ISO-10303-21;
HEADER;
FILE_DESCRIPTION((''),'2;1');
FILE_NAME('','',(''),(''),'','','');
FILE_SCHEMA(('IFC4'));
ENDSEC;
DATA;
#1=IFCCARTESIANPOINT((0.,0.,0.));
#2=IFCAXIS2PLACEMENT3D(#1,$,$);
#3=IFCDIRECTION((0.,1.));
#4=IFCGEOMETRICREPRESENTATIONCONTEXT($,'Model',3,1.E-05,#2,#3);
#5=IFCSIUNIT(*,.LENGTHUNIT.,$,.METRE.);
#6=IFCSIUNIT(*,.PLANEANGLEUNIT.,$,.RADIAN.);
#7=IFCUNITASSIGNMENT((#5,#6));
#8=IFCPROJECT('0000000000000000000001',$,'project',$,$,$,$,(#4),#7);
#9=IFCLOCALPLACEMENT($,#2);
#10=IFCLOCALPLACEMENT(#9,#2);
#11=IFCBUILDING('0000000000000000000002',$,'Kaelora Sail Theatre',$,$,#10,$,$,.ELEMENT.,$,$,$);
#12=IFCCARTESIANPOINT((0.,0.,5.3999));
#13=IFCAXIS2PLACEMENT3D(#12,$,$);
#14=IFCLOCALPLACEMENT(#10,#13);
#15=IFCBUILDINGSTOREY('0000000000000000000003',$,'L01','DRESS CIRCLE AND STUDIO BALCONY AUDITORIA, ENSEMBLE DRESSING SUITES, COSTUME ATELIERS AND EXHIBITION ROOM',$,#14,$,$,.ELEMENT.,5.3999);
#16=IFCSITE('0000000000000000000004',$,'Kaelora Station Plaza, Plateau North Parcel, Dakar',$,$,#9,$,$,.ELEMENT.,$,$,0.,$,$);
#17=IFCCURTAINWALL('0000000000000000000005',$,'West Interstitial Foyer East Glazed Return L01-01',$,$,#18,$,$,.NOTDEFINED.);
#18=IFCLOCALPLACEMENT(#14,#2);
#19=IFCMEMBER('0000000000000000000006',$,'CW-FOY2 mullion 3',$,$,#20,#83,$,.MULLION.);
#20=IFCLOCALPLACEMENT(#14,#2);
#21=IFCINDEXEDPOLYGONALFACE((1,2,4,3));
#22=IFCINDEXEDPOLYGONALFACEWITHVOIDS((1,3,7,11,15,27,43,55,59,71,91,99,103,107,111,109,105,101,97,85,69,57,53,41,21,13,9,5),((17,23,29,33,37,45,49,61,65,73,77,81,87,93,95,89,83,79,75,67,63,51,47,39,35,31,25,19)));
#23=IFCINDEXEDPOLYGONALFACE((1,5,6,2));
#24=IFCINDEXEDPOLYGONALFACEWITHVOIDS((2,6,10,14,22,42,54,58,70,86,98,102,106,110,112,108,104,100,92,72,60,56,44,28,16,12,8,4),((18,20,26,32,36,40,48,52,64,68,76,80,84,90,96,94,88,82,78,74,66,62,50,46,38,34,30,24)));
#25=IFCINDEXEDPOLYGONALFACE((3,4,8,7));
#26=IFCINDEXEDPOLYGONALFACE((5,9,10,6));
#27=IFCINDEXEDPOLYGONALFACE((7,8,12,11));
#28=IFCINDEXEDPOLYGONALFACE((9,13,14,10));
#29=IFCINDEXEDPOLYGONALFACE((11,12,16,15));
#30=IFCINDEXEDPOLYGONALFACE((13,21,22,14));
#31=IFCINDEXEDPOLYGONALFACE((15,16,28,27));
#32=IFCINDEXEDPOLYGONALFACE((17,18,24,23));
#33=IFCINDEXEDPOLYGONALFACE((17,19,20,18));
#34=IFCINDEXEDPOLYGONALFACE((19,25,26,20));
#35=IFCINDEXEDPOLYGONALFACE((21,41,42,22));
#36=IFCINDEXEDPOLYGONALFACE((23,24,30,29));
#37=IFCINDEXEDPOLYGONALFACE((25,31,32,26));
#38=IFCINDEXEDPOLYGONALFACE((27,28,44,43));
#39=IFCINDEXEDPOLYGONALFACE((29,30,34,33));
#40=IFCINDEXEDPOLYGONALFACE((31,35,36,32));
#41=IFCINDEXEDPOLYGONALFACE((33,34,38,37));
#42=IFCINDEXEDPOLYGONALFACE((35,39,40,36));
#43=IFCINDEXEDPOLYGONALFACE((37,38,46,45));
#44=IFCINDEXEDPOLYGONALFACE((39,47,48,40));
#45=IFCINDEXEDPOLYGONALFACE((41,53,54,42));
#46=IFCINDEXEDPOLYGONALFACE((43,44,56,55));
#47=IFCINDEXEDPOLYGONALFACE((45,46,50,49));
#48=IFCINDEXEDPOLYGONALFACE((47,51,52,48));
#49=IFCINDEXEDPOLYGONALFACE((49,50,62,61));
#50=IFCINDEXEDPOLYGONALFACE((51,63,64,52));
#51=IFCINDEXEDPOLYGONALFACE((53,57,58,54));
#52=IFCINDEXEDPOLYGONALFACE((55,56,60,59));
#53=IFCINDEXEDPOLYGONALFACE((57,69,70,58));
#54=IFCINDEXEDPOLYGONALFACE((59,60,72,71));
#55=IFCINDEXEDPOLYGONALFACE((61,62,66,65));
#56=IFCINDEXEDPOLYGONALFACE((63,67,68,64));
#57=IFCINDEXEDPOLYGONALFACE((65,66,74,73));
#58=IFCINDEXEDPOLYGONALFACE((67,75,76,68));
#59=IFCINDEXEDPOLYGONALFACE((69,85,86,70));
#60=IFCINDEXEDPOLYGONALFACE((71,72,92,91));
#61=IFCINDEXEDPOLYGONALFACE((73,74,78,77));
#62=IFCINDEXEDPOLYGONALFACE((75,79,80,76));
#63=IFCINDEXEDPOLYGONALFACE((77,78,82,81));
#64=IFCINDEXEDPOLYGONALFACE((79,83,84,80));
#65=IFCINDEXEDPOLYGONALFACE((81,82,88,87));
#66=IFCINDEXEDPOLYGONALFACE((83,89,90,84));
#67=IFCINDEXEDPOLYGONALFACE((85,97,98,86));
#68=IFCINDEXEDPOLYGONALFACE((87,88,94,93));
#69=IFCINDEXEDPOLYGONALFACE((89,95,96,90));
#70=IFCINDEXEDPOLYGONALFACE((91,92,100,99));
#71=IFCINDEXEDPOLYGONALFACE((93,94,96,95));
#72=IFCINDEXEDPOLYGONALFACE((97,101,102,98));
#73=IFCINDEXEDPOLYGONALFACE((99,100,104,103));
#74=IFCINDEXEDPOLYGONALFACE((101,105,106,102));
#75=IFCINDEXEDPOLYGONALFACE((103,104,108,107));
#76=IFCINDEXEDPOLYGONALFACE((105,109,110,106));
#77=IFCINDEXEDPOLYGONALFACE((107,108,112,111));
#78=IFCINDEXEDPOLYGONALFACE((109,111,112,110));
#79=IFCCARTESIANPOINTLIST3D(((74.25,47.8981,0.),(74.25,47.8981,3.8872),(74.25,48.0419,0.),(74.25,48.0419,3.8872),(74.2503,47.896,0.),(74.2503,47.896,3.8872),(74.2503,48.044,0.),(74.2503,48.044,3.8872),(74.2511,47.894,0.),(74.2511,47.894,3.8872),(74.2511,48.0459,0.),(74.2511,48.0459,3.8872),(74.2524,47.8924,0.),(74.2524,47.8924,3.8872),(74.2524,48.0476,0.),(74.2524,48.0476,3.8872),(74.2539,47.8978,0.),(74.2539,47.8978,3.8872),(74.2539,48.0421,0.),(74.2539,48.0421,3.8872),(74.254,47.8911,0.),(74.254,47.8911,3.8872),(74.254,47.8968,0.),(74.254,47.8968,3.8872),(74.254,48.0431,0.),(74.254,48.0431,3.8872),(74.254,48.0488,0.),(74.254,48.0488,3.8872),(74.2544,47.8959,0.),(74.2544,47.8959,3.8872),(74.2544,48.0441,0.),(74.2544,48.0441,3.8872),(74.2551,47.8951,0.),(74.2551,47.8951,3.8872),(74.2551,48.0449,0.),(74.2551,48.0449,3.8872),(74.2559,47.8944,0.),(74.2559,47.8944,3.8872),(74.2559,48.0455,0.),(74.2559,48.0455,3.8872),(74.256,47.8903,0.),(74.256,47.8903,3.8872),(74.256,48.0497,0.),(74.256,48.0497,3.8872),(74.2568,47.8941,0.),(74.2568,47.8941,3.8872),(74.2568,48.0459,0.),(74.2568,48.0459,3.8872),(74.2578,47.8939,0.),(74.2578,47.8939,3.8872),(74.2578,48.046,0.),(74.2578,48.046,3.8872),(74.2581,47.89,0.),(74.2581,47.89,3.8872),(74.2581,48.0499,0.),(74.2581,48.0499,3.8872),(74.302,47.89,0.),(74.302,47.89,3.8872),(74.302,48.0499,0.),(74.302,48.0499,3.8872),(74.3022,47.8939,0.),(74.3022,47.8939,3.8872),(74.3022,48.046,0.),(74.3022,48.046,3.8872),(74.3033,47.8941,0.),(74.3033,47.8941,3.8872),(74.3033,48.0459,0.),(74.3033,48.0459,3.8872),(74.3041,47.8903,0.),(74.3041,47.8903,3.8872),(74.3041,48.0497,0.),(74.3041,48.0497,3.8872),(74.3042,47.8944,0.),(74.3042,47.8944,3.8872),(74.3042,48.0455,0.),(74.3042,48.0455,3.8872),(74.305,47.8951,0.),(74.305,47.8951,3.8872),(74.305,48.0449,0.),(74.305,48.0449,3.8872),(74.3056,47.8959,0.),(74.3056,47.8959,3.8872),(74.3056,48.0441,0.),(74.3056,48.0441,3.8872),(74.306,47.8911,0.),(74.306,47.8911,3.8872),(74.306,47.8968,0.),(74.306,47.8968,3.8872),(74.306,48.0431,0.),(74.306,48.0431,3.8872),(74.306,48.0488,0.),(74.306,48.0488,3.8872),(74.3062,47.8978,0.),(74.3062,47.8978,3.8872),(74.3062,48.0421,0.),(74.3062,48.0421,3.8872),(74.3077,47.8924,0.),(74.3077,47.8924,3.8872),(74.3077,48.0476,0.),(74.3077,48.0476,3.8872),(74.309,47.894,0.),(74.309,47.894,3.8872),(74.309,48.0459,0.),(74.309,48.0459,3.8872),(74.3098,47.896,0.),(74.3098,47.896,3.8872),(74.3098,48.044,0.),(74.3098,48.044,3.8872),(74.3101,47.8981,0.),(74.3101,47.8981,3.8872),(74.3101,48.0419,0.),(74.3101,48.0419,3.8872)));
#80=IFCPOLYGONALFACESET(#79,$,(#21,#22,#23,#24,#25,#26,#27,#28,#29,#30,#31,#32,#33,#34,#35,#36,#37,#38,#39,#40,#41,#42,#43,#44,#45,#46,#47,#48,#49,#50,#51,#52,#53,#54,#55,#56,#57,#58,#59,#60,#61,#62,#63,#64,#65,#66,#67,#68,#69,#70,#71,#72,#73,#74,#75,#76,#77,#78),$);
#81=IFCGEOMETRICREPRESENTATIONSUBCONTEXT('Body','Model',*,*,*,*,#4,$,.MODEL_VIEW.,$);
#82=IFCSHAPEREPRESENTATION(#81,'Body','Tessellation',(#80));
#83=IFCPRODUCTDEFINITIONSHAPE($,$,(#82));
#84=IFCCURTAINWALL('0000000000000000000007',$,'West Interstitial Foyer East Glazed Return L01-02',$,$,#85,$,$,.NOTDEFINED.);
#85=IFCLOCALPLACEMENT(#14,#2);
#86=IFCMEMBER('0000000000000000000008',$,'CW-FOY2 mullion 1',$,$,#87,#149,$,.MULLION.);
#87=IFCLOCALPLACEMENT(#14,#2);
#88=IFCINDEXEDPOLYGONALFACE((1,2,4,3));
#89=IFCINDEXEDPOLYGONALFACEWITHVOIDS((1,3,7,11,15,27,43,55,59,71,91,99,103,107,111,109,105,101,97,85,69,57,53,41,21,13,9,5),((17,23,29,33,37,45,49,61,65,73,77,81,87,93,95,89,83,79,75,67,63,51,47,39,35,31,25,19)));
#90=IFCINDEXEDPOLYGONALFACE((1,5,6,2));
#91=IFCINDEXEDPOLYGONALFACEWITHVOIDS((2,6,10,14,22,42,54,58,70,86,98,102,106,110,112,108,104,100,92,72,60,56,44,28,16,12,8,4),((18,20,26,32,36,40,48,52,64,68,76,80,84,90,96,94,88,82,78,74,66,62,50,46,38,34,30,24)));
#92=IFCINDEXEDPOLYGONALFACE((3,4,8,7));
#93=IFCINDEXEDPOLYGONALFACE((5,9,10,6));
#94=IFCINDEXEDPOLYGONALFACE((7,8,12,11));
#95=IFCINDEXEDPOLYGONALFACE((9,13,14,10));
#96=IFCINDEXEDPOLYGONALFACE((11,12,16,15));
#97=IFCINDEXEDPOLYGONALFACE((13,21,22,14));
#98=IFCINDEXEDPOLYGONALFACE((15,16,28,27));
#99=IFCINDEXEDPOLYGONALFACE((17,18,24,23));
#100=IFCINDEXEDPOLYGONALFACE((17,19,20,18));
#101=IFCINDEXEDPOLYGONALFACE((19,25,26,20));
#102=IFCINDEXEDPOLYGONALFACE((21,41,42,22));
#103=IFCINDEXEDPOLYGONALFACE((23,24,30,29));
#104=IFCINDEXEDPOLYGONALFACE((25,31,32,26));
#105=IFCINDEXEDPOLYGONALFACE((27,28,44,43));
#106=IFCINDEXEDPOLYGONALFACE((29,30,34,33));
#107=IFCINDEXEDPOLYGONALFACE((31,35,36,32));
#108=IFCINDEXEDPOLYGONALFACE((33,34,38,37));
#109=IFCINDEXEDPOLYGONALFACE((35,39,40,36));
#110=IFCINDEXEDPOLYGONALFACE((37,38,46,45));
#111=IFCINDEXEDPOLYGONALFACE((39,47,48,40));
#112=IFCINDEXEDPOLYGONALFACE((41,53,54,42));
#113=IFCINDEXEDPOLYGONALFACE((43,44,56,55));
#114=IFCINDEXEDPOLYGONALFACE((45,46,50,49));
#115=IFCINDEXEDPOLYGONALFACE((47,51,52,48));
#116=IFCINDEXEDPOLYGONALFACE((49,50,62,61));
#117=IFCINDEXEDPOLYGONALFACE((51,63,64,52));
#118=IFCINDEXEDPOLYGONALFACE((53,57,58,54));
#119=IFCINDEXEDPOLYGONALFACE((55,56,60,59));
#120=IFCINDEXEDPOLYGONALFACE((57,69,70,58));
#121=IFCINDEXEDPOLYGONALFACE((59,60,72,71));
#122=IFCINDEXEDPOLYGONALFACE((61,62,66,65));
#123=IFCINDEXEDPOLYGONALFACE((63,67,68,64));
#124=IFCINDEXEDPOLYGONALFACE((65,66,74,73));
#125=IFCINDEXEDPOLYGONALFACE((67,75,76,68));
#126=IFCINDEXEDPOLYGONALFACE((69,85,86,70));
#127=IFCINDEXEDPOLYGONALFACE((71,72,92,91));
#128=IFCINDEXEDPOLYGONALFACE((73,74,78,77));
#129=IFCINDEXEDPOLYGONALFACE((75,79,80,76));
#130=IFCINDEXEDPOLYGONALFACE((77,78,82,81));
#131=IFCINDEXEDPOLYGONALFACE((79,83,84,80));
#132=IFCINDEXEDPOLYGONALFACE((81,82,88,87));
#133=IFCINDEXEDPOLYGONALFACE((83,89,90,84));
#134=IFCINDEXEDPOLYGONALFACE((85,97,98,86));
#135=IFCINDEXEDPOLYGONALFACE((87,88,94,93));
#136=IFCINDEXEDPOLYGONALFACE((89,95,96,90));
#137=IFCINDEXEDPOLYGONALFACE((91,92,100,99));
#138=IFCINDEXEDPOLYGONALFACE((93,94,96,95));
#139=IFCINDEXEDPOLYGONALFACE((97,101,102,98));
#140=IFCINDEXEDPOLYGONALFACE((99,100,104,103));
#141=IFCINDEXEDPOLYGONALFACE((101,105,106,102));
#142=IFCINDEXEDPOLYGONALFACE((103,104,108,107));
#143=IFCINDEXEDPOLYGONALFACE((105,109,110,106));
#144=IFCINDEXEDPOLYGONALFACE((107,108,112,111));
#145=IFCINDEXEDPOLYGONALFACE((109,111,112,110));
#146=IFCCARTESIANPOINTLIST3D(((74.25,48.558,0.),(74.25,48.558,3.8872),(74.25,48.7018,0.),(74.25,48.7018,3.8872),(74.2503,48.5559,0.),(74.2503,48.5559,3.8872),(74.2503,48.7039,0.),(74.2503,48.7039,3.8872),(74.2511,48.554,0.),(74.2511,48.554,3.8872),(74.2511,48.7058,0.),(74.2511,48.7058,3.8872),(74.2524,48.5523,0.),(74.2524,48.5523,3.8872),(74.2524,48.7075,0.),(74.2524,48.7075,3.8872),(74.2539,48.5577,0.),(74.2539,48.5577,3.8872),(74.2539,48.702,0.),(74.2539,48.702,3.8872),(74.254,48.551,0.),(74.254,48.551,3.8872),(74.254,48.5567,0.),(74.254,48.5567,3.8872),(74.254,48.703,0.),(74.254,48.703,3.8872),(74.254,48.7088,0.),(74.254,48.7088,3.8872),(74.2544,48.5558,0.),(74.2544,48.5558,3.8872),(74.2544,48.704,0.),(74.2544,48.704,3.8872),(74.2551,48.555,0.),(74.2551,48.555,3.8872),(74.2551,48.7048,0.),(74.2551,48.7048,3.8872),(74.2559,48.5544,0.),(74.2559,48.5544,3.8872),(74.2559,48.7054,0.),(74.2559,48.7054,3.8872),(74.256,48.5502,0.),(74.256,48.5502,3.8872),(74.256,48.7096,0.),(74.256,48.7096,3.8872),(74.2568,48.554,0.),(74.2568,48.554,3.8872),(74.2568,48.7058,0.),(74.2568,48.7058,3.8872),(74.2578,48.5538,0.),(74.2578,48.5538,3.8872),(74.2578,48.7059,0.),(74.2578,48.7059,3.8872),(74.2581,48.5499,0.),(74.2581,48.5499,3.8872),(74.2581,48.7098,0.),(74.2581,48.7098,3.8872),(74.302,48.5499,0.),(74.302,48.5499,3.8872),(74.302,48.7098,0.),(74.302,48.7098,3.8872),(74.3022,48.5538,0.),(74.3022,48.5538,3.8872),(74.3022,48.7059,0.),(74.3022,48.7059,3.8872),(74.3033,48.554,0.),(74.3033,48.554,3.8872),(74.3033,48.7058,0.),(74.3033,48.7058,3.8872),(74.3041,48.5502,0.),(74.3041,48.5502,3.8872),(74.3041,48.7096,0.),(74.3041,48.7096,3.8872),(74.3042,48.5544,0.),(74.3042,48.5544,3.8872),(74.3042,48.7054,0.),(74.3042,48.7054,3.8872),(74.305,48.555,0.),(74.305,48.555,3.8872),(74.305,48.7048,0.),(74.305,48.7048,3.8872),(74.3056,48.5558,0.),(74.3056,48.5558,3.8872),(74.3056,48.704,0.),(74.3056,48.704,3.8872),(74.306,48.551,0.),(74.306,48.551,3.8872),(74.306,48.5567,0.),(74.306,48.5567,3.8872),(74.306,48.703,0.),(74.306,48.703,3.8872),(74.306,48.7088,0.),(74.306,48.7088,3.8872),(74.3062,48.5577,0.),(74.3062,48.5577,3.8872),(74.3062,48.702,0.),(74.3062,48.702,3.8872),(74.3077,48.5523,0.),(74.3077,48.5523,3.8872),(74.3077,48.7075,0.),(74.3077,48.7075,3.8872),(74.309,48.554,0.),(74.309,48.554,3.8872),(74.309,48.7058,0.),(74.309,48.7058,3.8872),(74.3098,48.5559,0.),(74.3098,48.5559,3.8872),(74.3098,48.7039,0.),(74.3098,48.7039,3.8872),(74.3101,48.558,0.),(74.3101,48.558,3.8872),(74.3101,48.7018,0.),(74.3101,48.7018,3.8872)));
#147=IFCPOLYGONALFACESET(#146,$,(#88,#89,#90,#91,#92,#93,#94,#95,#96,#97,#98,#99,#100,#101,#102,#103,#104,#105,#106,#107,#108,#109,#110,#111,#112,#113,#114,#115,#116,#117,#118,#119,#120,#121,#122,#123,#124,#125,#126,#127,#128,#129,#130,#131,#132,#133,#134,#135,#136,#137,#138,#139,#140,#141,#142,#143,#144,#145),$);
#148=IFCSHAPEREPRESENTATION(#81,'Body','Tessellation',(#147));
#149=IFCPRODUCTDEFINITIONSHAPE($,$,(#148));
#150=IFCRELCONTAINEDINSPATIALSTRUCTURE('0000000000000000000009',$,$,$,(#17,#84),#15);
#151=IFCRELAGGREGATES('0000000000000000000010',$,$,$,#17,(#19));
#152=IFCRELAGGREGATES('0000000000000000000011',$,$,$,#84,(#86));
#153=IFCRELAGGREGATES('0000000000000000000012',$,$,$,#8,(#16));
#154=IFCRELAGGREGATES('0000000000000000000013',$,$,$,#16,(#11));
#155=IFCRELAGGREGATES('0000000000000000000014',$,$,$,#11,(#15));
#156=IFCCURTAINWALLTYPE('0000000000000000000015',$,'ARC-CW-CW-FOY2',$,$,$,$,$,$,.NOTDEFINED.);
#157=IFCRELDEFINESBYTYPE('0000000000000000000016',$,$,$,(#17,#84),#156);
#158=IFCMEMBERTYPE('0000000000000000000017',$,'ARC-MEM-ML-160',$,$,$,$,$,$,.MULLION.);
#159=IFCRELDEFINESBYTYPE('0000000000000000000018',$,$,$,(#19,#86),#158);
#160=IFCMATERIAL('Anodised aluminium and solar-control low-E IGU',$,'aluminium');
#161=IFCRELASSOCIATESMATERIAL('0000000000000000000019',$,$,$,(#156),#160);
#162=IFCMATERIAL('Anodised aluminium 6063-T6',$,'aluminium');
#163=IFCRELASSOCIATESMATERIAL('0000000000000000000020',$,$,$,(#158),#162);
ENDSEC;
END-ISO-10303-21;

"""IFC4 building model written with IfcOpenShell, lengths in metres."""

from ifc_helpers import new_model, si_unit, direction, frame, origin, origin_2d, place, context, subcontext, project, spatial, hollow_rectangle, extrude, material, material_profile, profile_set, type_object, element, aggregate, save


model = new_model("IFC4")

# Units and contexts
model_context = context("Model", 3, precision=1e-05, world=origin(), true_north=direction((0.0, 1.0)))
body_context = subcontext(model_context, "Body", "Model", "MODEL_VIEW")
ifc_project = project(units=[si_unit("LENGTHUNIT", "METRE"), si_unit("PLANEANGLEUNIT", "RADIAN")], contexts=[model_context])

# Site, building, storey
site_placement = place(None, origin())
site = spatial("IfcSite", under=ifc_project, at=site_placement, Name="Kaelora Station Plaza, Plateau North Parcel, Dakar", CompositionType="ELEMENT", RefElevation=0.0)
building_placement = place(site_placement, origin())
building = spatial("IfcBuilding", under=site, at=building_placement, Name="Kaelora Sail Theatre", CompositionType="ELEMENT")
storey_placement = place(building_placement, frame((0.0, 0.0, 5.3999)))
storey = spatial("IfcBuildingStorey", under=building, at=storey_placement, Name="L01", Description="DRESS CIRCLE AND STUDIO BALCONY AUDITORIA, ENSEMBLE DRESSING SUITES, COSTUME ATELIERS AND EXHIBITION ROOM", CompositionType="ELEMENT", Elevation=5.3999)

# Curtain wall, member
ifc_material_1 = material(Name="Anodised aluminium and solar-control low-E IGU", Category="aluminium")
curtain_wall_type = type_object("IfcCurtainWallType", Name="ARC-CW-CW-FOY2", PredefinedType="NOTDEFINED", material=ifc_material_1)
curtain_wall_1_placement = place(storey_placement, origin())
curtain_wall_1 = element("IfcCurtainWall", 1, at=curtain_wall_1_placement, inside=storey, type_object=curtain_wall_type, Name="West Interstitial Foyer East Glazed Return L01-01", PredefinedType="NOTDEFINED")
ifc_material_2 = material(Name="Anodised aluminium 6063-T6", Category="aluminium")
ifc_material_profile_1 = material_profile(ifc_material_2, hollow_rectangle(XDim=0.0601, YDim=0.1599, WallThickness=0.0039, InnerFilletRadius=0.0039, OuterFilletRadius=0.0081, at=origin_2d()), Name="ALU-MULL 60x160x4")
ifc_profile_set_1 = profile_set([ifc_material_profile_1], Name="Anodised aluminium 6063-T6")
member_type_1 = type_object("IfcMemberType", Name="ARC-MEM-ML-160", PredefinedType="MULLION", material=ifc_profile_set_1)
member_1_placement = place(storey_placement, frame((74.28, 47.97, 0.0), z_axis=(0.0, 0.0, 1.0), x_axis=(-1.0, 0.0, 0.0)))
member_1 = element("IfcMember", 2, at=member_1_placement, type_object=member_type_1, Name="CW-FOY2 mullion 3", PredefinedType="MULLION", context=body_context, shape_type="SweptSolid", body=[
    extrude(hollow_rectangle(XDim=0.0601, YDim=0.1599, WallThickness=0.0039, InnerFilletRadius=0.0039, OuterFilletRadius=0.0081, at=origin_2d()), origin(), (0.0, 0.0, 1.0), 3.8872),
])
aggregate(curtain_wall_1, [member_1])

# Curtain wall, member
curtain_wall_2_placement = place(storey_placement, origin())
curtain_wall_2 = element("IfcCurtainWall", 3, at=curtain_wall_2_placement, inside=storey, type_object=curtain_wall_type, Name="West Interstitial Foyer East Glazed Return L01-02", PredefinedType="NOTDEFINED")
member_2_placement = place(storey_placement, frame((74.28, 48.6299, 0.0), z_axis=(0.0, 0.0, 1.0), x_axis=(-1.0, 0.0, 0.0)))
member_2 = element("IfcMember", 4, at=member_2_placement, type_object=member_type_1, Name="CW-FOY2 mullion 1", PredefinedType="MULLION", context=body_context, shape_type="SweptSolid", body=[
    extrude(hollow_rectangle(XDim=0.0601, YDim=0.1599, WallThickness=0.0039, InnerFilletRadius=0.0039, OuterFilletRadius=0.0081, at=origin_2d()), origin(), (0.0, 0.0, 1.0), 3.8872),
])
aggregate(curtain_wall_2, [member_2])

save(model, "model.ifc")
